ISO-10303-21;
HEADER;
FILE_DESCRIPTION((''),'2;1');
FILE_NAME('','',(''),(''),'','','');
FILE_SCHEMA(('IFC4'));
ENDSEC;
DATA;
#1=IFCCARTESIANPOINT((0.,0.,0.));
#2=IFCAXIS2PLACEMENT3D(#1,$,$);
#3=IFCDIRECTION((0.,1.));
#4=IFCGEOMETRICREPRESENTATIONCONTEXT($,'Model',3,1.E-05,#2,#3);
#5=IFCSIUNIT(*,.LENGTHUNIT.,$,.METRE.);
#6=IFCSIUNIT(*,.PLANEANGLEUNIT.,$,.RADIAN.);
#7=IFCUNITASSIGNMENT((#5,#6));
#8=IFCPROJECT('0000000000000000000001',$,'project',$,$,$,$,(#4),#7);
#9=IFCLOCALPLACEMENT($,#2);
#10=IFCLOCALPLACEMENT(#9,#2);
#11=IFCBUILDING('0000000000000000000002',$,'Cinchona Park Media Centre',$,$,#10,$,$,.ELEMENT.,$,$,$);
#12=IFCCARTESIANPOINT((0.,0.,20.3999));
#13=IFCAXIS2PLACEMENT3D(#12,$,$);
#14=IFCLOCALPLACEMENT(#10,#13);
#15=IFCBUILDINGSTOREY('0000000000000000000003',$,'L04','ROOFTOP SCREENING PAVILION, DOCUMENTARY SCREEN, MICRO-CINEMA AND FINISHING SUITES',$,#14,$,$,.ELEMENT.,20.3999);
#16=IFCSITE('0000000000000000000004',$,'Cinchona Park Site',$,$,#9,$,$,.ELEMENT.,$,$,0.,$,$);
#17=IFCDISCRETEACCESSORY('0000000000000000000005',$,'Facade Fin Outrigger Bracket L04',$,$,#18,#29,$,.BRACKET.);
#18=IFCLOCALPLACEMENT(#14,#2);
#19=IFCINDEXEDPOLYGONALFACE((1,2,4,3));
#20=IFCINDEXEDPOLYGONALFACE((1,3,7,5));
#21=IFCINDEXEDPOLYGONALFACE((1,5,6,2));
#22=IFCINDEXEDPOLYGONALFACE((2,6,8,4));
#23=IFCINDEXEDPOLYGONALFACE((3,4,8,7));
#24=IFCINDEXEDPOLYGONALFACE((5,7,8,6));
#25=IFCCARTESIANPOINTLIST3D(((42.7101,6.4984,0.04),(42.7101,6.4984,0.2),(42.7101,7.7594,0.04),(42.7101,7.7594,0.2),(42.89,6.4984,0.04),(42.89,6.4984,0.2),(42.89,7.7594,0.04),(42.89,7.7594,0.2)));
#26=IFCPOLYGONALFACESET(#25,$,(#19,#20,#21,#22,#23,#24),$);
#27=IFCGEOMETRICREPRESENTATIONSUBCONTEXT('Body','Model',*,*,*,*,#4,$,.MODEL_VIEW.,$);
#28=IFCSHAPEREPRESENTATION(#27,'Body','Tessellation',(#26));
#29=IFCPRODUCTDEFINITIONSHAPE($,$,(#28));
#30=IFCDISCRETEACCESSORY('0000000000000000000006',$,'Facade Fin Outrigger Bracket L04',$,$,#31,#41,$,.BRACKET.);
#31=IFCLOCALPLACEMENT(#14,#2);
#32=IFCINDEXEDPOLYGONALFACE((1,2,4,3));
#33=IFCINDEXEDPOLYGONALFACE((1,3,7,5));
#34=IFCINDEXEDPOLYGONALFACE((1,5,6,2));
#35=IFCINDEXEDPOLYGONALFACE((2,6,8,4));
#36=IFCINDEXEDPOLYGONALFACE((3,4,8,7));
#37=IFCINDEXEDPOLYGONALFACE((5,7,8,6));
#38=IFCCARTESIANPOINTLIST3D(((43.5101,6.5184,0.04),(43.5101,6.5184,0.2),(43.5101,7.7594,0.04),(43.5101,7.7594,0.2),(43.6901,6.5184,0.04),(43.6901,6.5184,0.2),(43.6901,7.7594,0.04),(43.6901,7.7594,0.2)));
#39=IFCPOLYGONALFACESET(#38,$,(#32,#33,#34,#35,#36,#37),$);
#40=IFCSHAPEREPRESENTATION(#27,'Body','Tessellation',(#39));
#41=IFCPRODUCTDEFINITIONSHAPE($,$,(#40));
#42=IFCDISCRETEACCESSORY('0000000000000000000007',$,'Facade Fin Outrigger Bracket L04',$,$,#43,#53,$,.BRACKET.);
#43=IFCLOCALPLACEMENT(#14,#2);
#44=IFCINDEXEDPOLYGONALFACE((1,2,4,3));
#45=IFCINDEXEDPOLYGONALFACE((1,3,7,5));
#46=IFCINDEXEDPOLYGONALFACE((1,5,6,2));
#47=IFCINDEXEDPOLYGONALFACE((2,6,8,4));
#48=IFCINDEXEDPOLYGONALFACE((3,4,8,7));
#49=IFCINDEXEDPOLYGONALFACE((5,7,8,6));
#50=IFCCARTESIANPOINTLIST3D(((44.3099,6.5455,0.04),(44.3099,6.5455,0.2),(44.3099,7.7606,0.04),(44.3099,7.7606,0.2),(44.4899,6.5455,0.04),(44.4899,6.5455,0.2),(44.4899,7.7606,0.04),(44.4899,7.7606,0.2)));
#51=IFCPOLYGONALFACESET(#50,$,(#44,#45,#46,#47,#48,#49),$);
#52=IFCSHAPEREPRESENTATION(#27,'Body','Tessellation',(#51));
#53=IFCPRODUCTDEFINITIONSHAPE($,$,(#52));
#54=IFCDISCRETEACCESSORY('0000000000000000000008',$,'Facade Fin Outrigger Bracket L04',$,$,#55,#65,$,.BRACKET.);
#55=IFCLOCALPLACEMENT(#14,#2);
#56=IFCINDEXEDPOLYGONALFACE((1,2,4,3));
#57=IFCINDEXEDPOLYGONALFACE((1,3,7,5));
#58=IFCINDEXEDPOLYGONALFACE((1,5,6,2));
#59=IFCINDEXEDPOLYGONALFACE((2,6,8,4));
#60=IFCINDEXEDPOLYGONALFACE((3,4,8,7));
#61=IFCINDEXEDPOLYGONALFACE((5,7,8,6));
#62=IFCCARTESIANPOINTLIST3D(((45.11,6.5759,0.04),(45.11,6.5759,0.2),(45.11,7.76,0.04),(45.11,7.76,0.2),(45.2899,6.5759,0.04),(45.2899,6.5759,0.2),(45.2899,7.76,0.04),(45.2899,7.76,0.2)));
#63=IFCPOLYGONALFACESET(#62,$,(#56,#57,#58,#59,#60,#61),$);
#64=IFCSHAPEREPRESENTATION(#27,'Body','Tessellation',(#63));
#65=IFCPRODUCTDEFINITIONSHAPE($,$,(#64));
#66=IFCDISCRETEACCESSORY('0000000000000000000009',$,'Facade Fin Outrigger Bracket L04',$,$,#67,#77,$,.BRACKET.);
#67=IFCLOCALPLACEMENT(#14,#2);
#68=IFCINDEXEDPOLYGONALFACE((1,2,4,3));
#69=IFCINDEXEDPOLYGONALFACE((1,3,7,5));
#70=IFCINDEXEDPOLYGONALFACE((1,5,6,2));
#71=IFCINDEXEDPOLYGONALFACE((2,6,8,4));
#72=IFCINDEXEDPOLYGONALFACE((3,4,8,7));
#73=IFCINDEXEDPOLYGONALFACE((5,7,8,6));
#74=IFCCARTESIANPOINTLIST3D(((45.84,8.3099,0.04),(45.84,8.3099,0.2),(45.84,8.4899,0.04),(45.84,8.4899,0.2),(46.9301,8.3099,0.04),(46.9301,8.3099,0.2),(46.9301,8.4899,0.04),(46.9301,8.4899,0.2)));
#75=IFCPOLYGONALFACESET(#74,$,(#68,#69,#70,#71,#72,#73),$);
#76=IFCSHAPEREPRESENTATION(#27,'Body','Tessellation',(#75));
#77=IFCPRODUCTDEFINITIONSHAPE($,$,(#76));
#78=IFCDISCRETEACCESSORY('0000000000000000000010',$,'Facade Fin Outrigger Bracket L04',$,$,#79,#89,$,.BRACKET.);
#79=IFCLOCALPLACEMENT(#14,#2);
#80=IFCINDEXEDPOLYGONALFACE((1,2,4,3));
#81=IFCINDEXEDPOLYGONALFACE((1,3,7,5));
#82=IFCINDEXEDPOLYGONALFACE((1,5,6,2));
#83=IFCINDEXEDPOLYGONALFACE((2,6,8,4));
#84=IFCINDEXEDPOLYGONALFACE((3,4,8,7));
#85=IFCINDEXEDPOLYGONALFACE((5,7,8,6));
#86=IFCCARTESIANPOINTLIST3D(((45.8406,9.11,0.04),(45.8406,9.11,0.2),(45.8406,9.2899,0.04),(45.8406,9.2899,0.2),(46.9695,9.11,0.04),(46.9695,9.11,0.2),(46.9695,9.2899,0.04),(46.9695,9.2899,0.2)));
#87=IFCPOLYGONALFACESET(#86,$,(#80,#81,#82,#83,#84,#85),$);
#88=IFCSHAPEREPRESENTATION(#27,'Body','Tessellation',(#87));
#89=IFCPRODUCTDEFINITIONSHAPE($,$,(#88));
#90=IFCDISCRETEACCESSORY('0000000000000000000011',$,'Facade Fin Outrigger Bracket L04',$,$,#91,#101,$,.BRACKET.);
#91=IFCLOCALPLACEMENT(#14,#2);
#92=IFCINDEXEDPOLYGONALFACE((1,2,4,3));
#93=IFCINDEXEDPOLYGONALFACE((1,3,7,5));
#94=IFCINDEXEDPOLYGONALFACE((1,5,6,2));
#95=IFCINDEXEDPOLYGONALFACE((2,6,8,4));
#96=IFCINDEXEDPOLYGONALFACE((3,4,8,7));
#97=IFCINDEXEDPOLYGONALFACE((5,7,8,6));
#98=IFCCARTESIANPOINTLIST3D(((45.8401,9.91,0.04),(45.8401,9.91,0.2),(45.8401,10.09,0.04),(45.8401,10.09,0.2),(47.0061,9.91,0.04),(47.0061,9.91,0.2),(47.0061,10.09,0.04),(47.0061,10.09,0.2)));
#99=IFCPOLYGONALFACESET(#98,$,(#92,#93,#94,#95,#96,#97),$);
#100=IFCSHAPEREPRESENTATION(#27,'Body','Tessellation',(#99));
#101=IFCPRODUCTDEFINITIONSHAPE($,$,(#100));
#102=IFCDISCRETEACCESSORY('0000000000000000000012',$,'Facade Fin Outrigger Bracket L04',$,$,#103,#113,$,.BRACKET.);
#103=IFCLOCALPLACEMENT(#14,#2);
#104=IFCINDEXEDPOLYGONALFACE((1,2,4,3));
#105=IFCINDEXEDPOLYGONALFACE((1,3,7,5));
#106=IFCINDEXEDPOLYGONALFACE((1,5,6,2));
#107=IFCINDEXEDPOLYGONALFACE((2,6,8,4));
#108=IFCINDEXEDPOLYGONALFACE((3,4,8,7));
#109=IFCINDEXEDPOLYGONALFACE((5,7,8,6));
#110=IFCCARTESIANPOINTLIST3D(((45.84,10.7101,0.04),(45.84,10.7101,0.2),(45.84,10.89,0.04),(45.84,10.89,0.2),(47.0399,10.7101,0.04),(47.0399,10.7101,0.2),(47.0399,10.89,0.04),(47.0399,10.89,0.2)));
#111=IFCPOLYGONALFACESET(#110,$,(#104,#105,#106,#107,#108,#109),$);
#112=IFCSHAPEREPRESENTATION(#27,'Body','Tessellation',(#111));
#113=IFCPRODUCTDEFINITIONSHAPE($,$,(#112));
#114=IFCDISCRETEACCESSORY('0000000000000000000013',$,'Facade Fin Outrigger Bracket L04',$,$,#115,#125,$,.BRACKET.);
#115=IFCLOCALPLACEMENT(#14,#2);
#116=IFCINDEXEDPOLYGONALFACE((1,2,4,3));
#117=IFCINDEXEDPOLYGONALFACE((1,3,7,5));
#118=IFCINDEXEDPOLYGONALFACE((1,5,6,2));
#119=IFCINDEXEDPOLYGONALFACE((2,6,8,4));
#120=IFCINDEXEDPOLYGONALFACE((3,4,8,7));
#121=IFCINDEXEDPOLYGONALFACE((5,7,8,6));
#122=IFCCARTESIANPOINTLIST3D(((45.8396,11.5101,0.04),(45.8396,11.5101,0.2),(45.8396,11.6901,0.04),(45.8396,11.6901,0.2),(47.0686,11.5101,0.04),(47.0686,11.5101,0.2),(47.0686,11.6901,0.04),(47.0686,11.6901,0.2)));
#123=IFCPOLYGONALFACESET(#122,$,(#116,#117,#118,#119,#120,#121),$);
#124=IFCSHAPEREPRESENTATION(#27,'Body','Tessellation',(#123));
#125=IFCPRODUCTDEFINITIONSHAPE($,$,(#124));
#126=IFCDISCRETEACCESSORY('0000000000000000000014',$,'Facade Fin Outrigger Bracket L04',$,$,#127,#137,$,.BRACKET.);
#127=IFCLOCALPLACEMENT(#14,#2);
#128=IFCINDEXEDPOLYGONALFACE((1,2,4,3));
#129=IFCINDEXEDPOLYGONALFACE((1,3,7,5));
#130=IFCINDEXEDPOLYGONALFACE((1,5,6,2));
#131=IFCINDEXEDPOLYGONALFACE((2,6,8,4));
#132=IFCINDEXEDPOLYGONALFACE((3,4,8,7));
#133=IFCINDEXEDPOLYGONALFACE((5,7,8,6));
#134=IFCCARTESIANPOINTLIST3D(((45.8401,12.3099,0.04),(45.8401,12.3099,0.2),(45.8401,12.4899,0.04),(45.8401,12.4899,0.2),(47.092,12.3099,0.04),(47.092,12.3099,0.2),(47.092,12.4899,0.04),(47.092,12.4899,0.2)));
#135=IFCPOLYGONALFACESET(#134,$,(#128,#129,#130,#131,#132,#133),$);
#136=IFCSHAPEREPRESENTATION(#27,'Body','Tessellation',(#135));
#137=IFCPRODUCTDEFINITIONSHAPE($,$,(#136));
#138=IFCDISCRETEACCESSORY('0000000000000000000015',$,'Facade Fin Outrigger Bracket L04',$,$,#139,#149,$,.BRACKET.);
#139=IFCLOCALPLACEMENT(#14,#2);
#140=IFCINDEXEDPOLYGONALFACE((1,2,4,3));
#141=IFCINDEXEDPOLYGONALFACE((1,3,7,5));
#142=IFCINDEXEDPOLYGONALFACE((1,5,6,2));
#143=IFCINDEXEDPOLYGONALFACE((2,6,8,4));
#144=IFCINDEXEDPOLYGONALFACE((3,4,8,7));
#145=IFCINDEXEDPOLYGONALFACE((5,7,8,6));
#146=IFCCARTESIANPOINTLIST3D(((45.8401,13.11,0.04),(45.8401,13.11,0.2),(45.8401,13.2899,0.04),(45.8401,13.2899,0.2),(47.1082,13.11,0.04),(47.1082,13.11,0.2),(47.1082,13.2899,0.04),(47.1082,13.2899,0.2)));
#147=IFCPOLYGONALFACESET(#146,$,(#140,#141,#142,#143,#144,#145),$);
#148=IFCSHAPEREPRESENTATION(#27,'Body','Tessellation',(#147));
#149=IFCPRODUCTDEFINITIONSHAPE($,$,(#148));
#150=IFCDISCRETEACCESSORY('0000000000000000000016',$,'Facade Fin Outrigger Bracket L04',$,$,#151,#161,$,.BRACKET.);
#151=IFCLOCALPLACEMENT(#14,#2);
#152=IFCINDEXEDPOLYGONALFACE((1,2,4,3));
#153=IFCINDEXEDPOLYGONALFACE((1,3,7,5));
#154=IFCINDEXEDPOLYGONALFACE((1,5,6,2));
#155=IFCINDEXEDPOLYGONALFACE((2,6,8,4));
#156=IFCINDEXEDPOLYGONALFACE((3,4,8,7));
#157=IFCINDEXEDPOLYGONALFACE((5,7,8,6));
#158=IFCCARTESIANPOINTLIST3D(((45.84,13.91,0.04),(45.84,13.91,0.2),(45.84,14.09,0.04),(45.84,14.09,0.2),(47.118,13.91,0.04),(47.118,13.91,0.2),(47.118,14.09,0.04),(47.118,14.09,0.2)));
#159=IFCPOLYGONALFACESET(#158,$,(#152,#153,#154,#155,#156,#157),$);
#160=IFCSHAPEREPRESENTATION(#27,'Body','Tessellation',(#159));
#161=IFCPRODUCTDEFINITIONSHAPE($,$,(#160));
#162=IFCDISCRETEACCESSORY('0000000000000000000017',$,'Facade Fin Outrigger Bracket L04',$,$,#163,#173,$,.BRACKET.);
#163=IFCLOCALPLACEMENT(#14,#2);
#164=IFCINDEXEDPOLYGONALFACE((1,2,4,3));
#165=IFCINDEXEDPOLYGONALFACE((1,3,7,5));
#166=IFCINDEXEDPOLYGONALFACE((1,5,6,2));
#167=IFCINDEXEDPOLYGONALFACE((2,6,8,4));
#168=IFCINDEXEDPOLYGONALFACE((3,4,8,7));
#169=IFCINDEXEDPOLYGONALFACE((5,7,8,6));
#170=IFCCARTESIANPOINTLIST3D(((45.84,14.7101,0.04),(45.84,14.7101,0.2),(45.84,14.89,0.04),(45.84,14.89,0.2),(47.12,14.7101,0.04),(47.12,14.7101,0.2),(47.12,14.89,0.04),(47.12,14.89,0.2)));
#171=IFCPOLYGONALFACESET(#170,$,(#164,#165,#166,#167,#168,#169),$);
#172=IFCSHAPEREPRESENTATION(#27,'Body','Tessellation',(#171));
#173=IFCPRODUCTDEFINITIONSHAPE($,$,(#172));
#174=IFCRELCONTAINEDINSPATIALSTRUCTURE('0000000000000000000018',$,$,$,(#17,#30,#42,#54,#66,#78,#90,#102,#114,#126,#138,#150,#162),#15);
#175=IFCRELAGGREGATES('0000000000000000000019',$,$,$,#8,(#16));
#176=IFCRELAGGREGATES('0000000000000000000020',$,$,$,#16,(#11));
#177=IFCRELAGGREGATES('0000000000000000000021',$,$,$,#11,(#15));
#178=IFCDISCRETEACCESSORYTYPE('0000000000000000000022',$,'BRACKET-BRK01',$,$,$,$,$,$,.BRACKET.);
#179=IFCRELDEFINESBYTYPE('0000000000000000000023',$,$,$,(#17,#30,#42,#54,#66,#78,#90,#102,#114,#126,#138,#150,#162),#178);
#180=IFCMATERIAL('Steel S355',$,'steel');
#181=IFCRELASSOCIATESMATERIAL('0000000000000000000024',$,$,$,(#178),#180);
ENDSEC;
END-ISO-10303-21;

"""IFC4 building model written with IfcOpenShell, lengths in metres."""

from ifc_helpers import new_model, si_unit, direction, frame, origin, origin_2d, place, context, subcontext, project, spatial, rectangle, extrude, material, type_object, element, save


model = new_model("IFC4")

# Units and contexts
model_context = context("Model", 3, precision=1e-05, world=origin(), true_north=direction((0.0, 1.0)))
body_context = subcontext(model_context, "Body", "Model", "MODEL_VIEW")
ifc_project = project(units=[si_unit("LENGTHUNIT", "METRE"), si_unit("PLANEANGLEUNIT", "RADIAN")], contexts=[model_context])

# Site, building, storey
site_placement = place(None, origin())
site = spatial("IfcSite", under=ifc_project, at=site_placement, Name="Cinchona Park Site", CompositionType="ELEMENT", RefElevation=0.0)
building_placement = place(site_placement, origin())
building = spatial("IfcBuilding", under=site, at=building_placement, Name="Cinchona Park Media Centre", CompositionType="ELEMENT")
storey_placement = place(building_placement, frame((0.0, 0.0, 20.3999)))
storey = spatial("IfcBuildingStorey", under=building, at=storey_placement, Name="L04", Description="ROOFTOP SCREENING PAVILION, DOCUMENTARY SCREEN, MICRO-CINEMA AND FINISHING SUITES", CompositionType="ELEMENT", Elevation=20.3999)

# Discrete accessories
ifc_material_1 = material(Name="Steel S355", Category="steel")
discrete_accessory_type = type_object("IfcDiscreteAccessoryType", Name="BRACKET-BRK01", PredefinedType="BRACKET", material=ifc_material_1)
discrete_accessory_1_placement = place(storey_placement, frame((42.8, 7.1289, 0.04), z_axis=(0.0, 0.0, 1.0), x_axis=(1.0, 0.0, 0.0)))
element("IfcDiscreteAccessory", 1, at=discrete_accessory_1_placement, inside=storey, type_object=discrete_accessory_type, Name="Facade Fin Outrigger Bracket L04", PredefinedType="BRACKET", context=body_context, shape_type="SweptSolid", body=[
    extrude(rectangle(XDim=0.1799, YDim=1.261, at=origin_2d()), origin(), (0.0, 0.0, 1.0), 0.1599),
])
discrete_accessory_2_placement = place(storey_placement, frame((43.6001, 7.1389, 0.04), z_axis=(0.0, 0.0, 1.0), x_axis=(1.0, 0.0, 0.0)))
element("IfcDiscreteAccessory", 2, at=discrete_accessory_2_placement, inside=storey, type_object=discrete_accessory_type, Name="Facade Fin Outrigger Bracket L04", PredefinedType="BRACKET", context=body_context, shape_type="SweptSolid", body=[
    extrude(rectangle(XDim=0.1799, YDim=1.241, at=origin_2d()), origin(), (0.0, 0.0, 1.0), 0.1599),
])
discrete_accessory_3_placement = place(storey_placement, frame((44.3999, 7.1531, 0.04), z_axis=(0.0, 0.0, 1.0), x_axis=(1.0, 0.0, 0.0)))
element("IfcDiscreteAccessory", 3, at=discrete_accessory_3_placement, inside=storey, type_object=discrete_accessory_type, Name="Facade Fin Outrigger Bracket L04", PredefinedType="BRACKET", context=body_context, shape_type="SweptSolid", body=[
    extrude(rectangle(XDim=0.1799, YDim=1.2151, at=origin_2d()), origin(), (0.0, 0.0, 1.0), 0.1599),
])
discrete_accessory_4_placement = place(storey_placement, frame((45.2, 7.168, 0.04), z_axis=(0.0, 0.0, 1.0), x_axis=(1.0, 0.0, 0.0)))
element("IfcDiscreteAccessory", 4, at=discrete_accessory_4_placement, inside=storey, type_object=discrete_accessory_type, Name="Facade Fin Outrigger Bracket L04", PredefinedType="BRACKET", context=body_context, shape_type="SweptSolid", body=[
    extrude(rectangle(XDim=0.1799, YDim=1.1841, at=origin_2d()), origin(), (0.0, 0.0, 1.0), 0.1599),
])
discrete_accessory_5_placement = place(storey_placement, frame((46.385, 8.3999, 0.04), z_axis=(0.0, 0.0, 1.0), x_axis=(0.0, 1.0, 0.0)))
element("IfcDiscreteAccessory", 5, at=discrete_accessory_5_placement, inside=storey, type_object=discrete_accessory_type, Name="Facade Fin Outrigger Bracket L04", PredefinedType="BRACKET", context=body_context, shape_type="SweptSolid", body=[
    extrude(rectangle(XDim=0.1799, YDim=1.0901, at=origin_2d()), origin(), (0.0, 0.0, 1.0), 0.1599),
])
discrete_accessory_6_placement = place(storey_placement, frame((46.405, 9.2, 0.04), z_axis=(0.0, 0.0, 1.0), x_axis=(0.0, 1.0, 0.0)))
element("IfcDiscreteAccessory", 6, at=discrete_accessory_6_placement, inside=storey, type_object=discrete_accessory_type, Name="Facade Fin Outrigger Bracket L04", PredefinedType="BRACKET", context=body_context, shape_type="SweptSolid", body=[
    extrude(rectangle(XDim=0.1799, YDim=1.1289, at=origin_2d()), origin(), (0.0, 0.0, 1.0), 0.1599),
])
discrete_accessory_7_placement = place(storey_placement, frame((46.4231, 10.0, 0.04), z_axis=(0.0, 0.0, 1.0), x_axis=(0.0, 1.0, 0.0)))
element("IfcDiscreteAccessory", 7, at=discrete_accessory_7_placement, inside=storey, type_object=discrete_accessory_type, Name="Facade Fin Outrigger Bracket L04", PredefinedType="BRACKET", context=body_context, shape_type="SweptSolid", body=[
    extrude(rectangle(XDim=0.1799, YDim=1.166, at=origin_2d()), origin(), (0.0, 0.0, 1.0), 0.1599),
])
discrete_accessory_8_placement = place(storey_placement, frame((46.4399, 10.8, 0.04), z_axis=(0.0, 0.0, 1.0), x_axis=(0.0, 1.0, 0.0)))
element("IfcDiscreteAccessory", 8, at=discrete_accessory_8_placement, inside=storey, type_object=discrete_accessory_type, Name="Facade Fin Outrigger Bracket L04", PredefinedType="BRACKET", context=body_context, shape_type="SweptSolid", body=[
    extrude(rectangle(XDim=0.1799, YDim=1.2, at=origin_2d()), origin(), (0.0, 0.0, 1.0), 0.1599),
])
discrete_accessory_9_placement = place(storey_placement, frame((46.4541, 11.6001, 0.04), z_axis=(0.0, 0.0, 1.0), x_axis=(0.0, 1.0, 0.0)))
element("IfcDiscreteAccessory", 9, at=discrete_accessory_9_placement, inside=storey, type_object=discrete_accessory_type, Name="Facade Fin Outrigger Bracket L04", PredefinedType="BRACKET", context=body_context, shape_type="SweptSolid", body=[
    extrude(rectangle(XDim=0.1799, YDim=1.229, at=origin_2d()), origin(), (0.0, 0.0, 1.0), 0.1599),
])
discrete_accessory_10_placement = place(storey_placement, frame((46.4661, 12.3999, 0.04), z_axis=(0.0, 0.0, 1.0), x_axis=(0.0, 1.0, 0.0)))
element("IfcDiscreteAccessory", 10, at=discrete_accessory_10_placement, inside=storey, type_object=discrete_accessory_type, Name="Facade Fin Outrigger Bracket L04", PredefinedType="BRACKET", context=body_context, shape_type="SweptSolid", body=[
    extrude(rectangle(XDim=0.1799, YDim=1.252, at=origin_2d()), origin(), (0.0, 0.0, 1.0), 0.1599),
])
discrete_accessory_11_placement = place(storey_placement, frame((46.4741, 13.2, 0.04), z_axis=(0.0, 0.0, 1.0), x_axis=(0.0, 1.0, 0.0)))
element("IfcDiscreteAccessory", 11, at=discrete_accessory_11_placement, inside=storey, type_object=discrete_accessory_type, Name="Facade Fin Outrigger Bracket L04", PredefinedType="BRACKET", context=body_context, shape_type="SweptSolid", body=[
    extrude(rectangle(XDim=0.1799, YDim=1.2681, at=origin_2d()), origin(), (0.0, 0.0, 1.0), 0.1599),
])
discrete_accessory_12_placement = place(storey_placement, frame((46.479, 14.0, 0.04), z_axis=(0.0, 0.0, 1.0), x_axis=(0.0, 1.0, 0.0)))
element("IfcDiscreteAccessory", 12, at=discrete_accessory_12_placement, inside=storey, type_object=discrete_accessory_type, Name="Facade Fin Outrigger Bracket L04", PredefinedType="BRACKET", context=body_context, shape_type="SweptSolid", body=[
    extrude(rectangle(XDim=0.1799, YDim=1.2781, at=origin_2d()), origin(), (0.0, 0.0, 1.0), 0.1599),
])
discrete_accessory_13_placement = place(storey_placement, frame((46.48, 14.8, 0.04), z_axis=(0.0, 0.0, 1.0), x_axis=(0.0, 1.0, 0.0)))
element("IfcDiscreteAccessory", 13, at=discrete_accessory_13_placement, inside=storey, type_object=discrete_accessory_type, Name="Facade Fin Outrigger Bracket L04", PredefinedType="BRACKET", context=body_context, shape_type="SweptSolid", body=[
    extrude(rectangle(XDim=0.1799, YDim=1.28, at=origin_2d()), origin(), (0.0, 0.0, 1.0), 0.1599),
])

save(model, "model.ifc")
